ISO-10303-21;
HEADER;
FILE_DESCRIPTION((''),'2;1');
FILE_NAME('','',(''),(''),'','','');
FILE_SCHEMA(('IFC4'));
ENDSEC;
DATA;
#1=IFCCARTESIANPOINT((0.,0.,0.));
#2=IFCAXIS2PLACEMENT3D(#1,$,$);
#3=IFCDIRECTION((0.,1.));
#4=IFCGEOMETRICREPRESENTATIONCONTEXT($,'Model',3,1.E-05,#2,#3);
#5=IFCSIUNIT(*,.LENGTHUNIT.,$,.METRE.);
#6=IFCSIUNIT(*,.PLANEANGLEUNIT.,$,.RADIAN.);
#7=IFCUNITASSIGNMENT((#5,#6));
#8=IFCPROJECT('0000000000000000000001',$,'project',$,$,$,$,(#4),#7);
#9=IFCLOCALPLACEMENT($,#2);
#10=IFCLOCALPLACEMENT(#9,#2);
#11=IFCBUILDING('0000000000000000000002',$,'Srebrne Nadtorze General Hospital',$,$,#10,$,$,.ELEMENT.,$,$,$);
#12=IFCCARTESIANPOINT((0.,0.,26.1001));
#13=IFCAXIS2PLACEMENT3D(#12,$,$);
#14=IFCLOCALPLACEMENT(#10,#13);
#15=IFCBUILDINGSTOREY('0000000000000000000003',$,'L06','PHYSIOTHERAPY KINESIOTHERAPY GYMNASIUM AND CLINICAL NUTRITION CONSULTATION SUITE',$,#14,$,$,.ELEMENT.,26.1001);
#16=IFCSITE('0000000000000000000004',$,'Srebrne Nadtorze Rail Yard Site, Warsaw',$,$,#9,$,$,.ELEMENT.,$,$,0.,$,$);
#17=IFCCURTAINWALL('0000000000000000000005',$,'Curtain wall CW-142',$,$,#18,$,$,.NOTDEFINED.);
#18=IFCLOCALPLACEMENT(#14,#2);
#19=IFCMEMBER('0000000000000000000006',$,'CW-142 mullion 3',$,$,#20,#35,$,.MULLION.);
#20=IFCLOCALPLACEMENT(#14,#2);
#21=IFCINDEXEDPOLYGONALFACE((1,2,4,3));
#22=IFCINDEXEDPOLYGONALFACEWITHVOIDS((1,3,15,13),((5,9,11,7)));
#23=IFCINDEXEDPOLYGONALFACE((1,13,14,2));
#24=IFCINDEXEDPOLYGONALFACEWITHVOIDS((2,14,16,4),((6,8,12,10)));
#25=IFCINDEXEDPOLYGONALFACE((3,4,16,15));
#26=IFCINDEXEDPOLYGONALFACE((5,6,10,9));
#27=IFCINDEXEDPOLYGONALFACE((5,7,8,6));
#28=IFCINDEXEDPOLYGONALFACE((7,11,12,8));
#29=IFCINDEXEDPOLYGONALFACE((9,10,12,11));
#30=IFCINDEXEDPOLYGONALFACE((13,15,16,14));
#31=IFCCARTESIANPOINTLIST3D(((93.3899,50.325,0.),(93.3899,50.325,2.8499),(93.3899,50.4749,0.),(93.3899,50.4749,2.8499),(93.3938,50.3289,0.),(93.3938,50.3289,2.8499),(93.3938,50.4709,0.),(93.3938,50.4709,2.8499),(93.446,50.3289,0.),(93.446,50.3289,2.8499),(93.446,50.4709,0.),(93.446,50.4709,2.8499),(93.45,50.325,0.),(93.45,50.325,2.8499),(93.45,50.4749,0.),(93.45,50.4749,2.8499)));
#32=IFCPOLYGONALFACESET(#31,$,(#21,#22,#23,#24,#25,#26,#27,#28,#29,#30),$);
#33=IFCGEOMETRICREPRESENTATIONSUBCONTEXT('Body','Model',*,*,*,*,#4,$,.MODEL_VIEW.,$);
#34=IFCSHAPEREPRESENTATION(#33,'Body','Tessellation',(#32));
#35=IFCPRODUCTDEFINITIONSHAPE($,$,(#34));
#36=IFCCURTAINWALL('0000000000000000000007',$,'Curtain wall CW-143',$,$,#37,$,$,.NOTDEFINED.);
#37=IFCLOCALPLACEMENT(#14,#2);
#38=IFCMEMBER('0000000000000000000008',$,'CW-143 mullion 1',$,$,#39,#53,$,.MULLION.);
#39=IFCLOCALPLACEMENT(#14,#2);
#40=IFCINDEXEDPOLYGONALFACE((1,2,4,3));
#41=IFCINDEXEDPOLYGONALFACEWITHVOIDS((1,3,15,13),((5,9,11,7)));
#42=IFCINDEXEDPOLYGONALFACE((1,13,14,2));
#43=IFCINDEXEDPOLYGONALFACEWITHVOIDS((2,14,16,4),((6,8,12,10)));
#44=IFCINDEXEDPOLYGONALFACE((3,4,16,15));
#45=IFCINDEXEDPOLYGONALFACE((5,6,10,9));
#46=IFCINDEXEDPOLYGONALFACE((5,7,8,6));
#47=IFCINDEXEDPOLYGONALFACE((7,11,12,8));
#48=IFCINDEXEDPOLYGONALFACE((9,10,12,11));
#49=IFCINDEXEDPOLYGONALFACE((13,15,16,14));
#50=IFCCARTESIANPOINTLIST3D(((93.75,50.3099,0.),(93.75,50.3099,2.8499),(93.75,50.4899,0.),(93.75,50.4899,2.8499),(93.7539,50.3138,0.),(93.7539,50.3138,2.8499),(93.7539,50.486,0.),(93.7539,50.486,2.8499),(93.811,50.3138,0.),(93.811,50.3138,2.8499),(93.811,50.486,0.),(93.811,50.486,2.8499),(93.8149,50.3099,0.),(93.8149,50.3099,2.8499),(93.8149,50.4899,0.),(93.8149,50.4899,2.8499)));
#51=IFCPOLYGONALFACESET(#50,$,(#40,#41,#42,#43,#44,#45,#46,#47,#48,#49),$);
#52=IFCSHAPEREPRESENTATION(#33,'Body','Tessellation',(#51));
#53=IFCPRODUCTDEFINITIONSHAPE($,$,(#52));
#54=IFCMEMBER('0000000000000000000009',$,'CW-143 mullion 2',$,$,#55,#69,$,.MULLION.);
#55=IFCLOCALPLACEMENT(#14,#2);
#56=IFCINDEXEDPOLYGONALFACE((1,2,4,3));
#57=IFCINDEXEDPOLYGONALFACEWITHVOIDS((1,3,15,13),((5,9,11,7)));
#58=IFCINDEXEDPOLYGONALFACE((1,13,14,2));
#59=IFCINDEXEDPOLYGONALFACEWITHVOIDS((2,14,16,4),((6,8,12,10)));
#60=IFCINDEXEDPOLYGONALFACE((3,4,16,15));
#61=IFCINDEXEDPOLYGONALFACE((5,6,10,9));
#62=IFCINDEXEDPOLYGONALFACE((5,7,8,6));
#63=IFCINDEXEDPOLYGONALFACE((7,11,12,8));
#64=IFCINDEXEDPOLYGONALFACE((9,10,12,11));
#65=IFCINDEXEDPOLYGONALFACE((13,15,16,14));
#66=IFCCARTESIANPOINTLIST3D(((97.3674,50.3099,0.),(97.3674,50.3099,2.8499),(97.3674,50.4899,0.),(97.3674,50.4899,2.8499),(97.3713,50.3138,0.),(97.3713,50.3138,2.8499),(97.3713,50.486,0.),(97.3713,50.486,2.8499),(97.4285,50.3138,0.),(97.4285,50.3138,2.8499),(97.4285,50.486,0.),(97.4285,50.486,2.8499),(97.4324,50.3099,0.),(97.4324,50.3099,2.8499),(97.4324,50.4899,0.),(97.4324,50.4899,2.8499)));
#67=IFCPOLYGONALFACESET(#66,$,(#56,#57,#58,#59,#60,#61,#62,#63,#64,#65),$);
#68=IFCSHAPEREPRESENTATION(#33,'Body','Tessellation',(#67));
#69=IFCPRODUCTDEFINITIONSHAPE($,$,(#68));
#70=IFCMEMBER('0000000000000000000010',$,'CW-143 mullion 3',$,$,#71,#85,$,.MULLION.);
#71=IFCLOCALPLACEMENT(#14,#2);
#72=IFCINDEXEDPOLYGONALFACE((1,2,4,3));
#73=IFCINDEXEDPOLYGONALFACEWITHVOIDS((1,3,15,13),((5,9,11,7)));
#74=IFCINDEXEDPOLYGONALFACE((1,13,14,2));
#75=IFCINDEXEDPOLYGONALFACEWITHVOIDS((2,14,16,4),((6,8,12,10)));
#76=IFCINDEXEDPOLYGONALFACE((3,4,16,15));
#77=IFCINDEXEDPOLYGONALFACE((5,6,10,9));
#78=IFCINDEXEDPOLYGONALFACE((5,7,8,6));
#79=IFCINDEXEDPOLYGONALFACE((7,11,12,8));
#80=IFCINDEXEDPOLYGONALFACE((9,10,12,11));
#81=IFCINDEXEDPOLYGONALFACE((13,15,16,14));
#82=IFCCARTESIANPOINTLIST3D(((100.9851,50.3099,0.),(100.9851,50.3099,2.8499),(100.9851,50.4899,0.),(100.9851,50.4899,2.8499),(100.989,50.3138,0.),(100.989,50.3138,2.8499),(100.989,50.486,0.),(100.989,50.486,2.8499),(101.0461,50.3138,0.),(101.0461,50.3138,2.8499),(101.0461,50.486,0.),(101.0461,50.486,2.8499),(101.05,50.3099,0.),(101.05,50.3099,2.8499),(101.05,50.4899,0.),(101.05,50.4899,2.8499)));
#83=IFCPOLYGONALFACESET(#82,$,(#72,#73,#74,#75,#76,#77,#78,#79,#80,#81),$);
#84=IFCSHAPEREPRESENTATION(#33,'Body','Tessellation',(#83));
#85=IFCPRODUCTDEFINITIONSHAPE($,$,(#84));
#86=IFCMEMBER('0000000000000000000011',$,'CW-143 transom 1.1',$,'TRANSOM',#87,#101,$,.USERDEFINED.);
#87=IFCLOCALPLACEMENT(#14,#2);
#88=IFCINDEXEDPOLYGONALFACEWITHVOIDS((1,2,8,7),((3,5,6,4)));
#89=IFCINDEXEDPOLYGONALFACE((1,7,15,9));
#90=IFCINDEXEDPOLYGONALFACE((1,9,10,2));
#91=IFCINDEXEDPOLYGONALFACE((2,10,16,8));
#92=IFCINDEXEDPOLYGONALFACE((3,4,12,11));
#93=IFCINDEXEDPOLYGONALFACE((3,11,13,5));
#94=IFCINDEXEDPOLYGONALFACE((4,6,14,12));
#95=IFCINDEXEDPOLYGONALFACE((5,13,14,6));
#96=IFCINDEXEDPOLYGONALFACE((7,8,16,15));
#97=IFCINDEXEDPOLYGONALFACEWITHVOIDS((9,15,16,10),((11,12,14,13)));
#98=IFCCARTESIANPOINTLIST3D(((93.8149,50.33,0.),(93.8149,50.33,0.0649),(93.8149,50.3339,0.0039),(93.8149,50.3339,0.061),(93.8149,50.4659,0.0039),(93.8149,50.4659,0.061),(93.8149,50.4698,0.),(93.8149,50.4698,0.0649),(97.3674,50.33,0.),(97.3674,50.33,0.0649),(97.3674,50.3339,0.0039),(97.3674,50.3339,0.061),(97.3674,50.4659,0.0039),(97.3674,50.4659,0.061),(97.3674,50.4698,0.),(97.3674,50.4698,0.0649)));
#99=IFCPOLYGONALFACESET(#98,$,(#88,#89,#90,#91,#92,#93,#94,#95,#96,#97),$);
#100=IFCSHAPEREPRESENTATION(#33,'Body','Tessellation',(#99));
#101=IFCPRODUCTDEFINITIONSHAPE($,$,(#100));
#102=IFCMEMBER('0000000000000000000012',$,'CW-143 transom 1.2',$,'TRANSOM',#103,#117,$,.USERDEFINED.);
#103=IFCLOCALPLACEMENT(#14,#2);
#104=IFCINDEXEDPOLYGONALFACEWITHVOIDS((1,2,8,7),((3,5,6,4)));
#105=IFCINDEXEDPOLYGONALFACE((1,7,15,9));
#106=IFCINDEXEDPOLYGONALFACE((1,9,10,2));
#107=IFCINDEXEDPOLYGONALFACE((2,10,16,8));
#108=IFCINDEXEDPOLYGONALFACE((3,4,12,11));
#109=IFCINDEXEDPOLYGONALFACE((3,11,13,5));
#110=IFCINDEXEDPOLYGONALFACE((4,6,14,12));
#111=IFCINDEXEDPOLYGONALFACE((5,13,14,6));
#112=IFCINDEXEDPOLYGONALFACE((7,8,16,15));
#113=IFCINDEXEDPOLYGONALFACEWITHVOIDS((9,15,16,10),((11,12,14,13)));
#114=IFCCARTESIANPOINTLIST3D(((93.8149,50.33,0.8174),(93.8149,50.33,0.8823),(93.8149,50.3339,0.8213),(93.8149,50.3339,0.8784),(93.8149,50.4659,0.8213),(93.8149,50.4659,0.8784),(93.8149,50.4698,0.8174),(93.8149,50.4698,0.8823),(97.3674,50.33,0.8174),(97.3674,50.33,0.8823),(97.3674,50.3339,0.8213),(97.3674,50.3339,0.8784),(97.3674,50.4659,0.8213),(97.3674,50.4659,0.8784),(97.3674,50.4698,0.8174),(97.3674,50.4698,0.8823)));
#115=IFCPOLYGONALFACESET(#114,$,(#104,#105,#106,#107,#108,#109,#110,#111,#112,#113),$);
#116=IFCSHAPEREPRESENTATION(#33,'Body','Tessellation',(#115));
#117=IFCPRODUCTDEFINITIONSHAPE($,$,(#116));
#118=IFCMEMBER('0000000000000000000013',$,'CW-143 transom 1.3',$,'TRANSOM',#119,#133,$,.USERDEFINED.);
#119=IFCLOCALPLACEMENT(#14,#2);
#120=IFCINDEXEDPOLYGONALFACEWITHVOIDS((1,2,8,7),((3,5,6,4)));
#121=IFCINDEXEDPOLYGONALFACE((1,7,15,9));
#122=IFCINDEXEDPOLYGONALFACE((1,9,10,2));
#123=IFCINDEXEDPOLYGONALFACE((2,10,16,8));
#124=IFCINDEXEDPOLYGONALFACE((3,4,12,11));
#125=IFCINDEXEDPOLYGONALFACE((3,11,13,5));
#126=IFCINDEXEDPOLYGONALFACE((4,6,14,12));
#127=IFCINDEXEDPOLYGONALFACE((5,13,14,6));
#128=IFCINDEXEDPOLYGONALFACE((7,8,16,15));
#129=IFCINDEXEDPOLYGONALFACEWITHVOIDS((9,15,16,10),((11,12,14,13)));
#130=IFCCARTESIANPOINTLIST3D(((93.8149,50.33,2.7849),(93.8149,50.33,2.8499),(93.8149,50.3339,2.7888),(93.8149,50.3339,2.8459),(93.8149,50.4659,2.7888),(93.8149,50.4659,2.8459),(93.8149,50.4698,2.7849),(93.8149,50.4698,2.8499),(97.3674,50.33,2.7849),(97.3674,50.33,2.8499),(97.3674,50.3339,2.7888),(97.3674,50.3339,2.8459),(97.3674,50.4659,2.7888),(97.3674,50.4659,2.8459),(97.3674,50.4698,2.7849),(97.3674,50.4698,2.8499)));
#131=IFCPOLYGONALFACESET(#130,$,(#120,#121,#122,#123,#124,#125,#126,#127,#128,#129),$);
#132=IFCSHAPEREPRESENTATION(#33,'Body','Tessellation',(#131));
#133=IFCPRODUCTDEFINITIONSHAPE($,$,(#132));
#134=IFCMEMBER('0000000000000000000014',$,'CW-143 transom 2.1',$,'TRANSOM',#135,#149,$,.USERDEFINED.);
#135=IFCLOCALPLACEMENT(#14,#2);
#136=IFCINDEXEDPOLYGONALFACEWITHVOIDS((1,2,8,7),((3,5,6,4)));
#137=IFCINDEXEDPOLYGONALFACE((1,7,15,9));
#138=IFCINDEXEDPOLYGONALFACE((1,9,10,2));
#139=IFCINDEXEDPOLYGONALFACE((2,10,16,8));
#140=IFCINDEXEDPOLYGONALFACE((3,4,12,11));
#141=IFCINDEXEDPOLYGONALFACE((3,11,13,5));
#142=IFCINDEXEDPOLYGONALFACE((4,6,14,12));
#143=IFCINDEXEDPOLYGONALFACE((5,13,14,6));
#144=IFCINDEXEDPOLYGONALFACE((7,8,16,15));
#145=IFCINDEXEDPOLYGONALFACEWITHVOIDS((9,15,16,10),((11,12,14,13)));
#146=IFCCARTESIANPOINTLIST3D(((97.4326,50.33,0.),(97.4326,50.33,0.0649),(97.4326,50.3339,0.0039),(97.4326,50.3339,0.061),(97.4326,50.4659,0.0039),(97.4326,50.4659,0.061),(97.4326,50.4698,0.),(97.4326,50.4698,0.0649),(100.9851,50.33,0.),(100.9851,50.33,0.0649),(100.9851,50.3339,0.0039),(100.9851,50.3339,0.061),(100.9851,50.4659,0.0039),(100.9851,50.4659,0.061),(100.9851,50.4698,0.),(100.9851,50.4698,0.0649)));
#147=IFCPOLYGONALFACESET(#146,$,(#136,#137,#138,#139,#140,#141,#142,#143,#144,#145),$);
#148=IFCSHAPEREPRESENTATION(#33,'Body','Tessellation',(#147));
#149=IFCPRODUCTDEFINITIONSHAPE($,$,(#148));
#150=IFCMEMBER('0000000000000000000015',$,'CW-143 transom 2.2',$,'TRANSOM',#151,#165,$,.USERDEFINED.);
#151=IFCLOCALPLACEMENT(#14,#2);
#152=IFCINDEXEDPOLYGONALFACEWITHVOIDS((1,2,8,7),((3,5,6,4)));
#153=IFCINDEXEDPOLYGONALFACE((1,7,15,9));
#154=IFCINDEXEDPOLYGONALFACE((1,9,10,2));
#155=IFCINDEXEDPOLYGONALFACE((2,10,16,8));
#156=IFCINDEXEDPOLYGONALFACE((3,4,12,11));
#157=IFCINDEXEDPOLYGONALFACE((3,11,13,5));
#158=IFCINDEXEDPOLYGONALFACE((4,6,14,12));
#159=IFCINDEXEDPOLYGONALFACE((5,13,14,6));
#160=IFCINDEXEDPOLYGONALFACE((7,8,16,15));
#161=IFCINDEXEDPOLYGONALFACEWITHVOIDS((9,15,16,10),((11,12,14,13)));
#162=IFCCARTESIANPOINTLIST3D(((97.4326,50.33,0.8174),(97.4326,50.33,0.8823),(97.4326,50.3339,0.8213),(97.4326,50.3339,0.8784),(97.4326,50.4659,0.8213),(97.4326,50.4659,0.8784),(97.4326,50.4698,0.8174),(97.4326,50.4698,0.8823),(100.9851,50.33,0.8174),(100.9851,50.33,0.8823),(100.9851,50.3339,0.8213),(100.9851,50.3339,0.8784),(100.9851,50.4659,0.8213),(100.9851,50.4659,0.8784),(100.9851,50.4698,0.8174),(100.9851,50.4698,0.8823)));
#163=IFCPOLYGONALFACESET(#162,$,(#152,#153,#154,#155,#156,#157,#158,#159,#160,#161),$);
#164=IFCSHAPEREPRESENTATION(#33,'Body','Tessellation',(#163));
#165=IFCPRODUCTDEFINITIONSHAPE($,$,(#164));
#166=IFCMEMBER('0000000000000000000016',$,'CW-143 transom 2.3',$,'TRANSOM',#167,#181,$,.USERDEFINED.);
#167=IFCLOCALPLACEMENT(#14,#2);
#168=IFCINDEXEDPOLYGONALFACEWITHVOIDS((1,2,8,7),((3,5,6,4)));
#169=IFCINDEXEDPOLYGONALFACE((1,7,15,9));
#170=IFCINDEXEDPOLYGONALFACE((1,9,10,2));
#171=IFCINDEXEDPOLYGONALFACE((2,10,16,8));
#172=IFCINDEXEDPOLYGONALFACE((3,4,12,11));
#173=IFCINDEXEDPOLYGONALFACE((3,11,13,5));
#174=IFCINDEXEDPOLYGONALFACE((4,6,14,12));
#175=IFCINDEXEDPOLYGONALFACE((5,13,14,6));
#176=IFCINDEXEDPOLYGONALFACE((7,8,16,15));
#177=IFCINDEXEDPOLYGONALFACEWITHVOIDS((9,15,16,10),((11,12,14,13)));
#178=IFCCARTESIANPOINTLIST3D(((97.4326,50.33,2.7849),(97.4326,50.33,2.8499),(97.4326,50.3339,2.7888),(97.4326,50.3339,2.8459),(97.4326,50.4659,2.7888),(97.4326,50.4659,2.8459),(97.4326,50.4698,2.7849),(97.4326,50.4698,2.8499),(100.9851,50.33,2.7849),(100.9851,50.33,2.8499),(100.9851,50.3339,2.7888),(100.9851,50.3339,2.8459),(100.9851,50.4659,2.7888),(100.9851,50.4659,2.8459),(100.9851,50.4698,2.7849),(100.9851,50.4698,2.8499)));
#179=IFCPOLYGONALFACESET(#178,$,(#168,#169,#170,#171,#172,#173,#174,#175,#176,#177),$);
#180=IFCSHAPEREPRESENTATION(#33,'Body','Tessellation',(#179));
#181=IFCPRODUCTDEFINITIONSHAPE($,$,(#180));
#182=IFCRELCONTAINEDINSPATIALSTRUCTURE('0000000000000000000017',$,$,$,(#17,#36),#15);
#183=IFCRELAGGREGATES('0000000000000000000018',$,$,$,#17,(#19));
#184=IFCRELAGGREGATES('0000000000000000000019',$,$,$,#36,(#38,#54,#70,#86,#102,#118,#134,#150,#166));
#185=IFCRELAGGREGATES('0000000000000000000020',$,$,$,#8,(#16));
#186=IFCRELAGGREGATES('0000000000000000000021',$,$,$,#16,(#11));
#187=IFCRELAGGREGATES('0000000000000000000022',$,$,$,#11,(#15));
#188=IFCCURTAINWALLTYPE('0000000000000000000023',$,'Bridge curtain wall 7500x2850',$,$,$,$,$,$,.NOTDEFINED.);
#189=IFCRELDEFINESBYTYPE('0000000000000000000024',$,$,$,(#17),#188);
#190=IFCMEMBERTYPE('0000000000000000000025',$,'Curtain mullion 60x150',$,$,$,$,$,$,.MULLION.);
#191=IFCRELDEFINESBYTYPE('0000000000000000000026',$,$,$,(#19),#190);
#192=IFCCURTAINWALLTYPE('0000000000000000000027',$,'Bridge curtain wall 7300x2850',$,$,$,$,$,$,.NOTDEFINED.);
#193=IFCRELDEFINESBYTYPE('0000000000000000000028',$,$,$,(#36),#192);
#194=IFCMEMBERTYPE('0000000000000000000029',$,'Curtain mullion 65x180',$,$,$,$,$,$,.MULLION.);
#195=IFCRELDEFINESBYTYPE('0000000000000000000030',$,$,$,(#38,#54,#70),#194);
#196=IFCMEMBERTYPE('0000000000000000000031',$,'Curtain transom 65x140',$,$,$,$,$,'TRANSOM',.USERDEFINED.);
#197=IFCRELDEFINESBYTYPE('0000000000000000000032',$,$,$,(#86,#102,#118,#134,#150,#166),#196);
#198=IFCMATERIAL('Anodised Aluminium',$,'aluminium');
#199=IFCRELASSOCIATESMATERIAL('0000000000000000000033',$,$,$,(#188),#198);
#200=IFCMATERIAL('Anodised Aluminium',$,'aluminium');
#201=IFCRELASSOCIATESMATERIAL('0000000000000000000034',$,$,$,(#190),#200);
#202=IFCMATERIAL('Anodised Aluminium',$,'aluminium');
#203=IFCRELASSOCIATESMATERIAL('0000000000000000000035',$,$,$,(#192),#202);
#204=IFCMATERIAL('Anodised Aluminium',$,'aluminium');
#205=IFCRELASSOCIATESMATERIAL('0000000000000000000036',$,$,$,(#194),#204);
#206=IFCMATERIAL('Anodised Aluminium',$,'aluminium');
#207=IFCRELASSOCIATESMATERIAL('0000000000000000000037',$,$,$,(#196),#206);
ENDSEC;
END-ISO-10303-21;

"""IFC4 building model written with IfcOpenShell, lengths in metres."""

from ifc_helpers import new_model, si_unit, direction, frame, origin, origin_2d, place, context, subcontext, project, spatial, hollow_rectangle, extrude, material, material_profile, profile_set, type_object, element, aggregate, save


model = new_model("IFC4")

# Units and contexts
model_context = context("Model", 3, precision=1e-05, world=origin(), true_north=direction((0.0, 1.0)))
body_context = subcontext(model_context, "Body", "Model", "MODEL_VIEW")
ifc_project = project(units=[si_unit("LENGTHUNIT", "METRE"), si_unit("PLANEANGLEUNIT", "RADIAN")], contexts=[model_context])

# Site, building, storey
site_placement = place(None, origin())
site = spatial("IfcSite", under=ifc_project, at=site_placement, Name="Srebrne Nadtorze Rail Yard Site, Warsaw", CompositionType="ELEMENT", RefElevation=0.0)
building_placement = place(site_placement, origin())
building = spatial("IfcBuilding", under=site, at=building_placement, Name="Srebrne Nadtorze General Hospital", CompositionType="ELEMENT")
storey_placement = place(building_placement, frame((0.0, 0.0, 26.1001)))
storey = spatial("IfcBuildingStorey", under=building, at=storey_placement, Name="L06", Description="PHYSIOTHERAPY KINESIOTHERAPY GYMNASIUM AND CLINICAL NUTRITION CONSULTATION SUITE", CompositionType="ELEMENT", Elevation=26.1001)

# Curtain wall, member
ifc_material_1 = material(Name="Anodised Aluminium", Category="aluminium")
curtain_wall_type_1 = type_object("IfcCurtainWallType", Name="Bridge curtain wall 7500x2850", PredefinedType="NOTDEFINED", material=ifc_material_1)
curtain_wall_1_placement = place(storey_placement, origin())
curtain_wall_1 = element("IfcCurtainWall", 1, at=curtain_wall_1_placement, inside=storey, type_object=curtain_wall_type_1, Name="Curtain wall CW-142", PredefinedType="NOTDEFINED")
ifc_material_2 = material(Name="Anodised Aluminium", Category="aluminium")
ifc_material_profile_1 = material_profile(ifc_material_2, hollow_rectangle(XDim=0.0601, YDim=0.1499, WallThickness=0.0039, at=origin_2d()), Name="AL-MUL-60x150")
ifc_profile_set_1 = profile_set([ifc_material_profile_1], Name="Anodised Aluminium")
member_type_1 = type_object("IfcMemberType", Name="Curtain mullion 60x150", PredefinedType="MULLION", material=ifc_profile_set_1)
member_1_placement = place(storey_placement, frame((93.4199, 50.3999, 0.0), z_axis=(0.0, 0.0, 1.0), x_axis=(1.0, 0.0, 0.0)))
member_1 = element("IfcMember", 2, at=member_1_placement, type_object=member_type_1, Name="CW-142 mullion 3", PredefinedType="MULLION", context=body_context, shape_type="SweptSolid", body=[
    extrude(hollow_rectangle(XDim=0.0601, YDim=0.1499, WallThickness=0.0039, at=origin_2d()), origin(), (0.0, 0.0, 1.0), 2.8499),
])

# Curtain wall, members
ifc_material_3 = material(Name="Anodised Aluminium", Category="aluminium")
curtain_wall_type_2 = type_object("IfcCurtainWallType", Name="Bridge curtain wall 7300x2850", PredefinedType="NOTDEFINED", material=ifc_material_3)
curtain_wall_2_placement = place(storey_placement, origin())
curtain_wall_2 = element("IfcCurtainWall", 3, at=curtain_wall_2_placement, inside=storey, type_object=curtain_wall_type_2, Name="Curtain wall CW-143", PredefinedType="NOTDEFINED")
ifc_material_4 = material(Name="Anodised Aluminium", Category="aluminium")
ifc_material_profile_2 = material_profile(ifc_material_4, hollow_rectangle(XDim=0.0649, YDim=0.1799, WallThickness=0.0039, at=origin_2d()), Name="AL-MUL-65x180")
ifc_profile_set_2 = profile_set([ifc_material_profile_2], Name="Anodised Aluminium")
member_type_2 = type_object("IfcMemberType", Name="Curtain mullion 65x180", PredefinedType="MULLION", material=ifc_profile_set_2)
member_2_placement = place(storey_placement, frame((93.7825, 50.3999, 0.0), z_axis=(0.0, 0.0, 1.0), x_axis=(1.0, 0.0, 0.0)))
member_2 = element("IfcMember", 4, at=member_2_placement, type_object=member_type_2, Name="CW-143 mullion 1", PredefinedType="MULLION", context=body_context, shape_type="SweptSolid", body=[
    extrude(hollow_rectangle(XDim=0.0649, YDim=0.1799, WallThickness=0.0039, at=origin_2d()), origin(), (0.0, 0.0, 1.0), 2.8499),
])
member_3_placement = place(storey_placement, frame((97.3999, 50.3999, 0.0), z_axis=(0.0, 0.0, 1.0), x_axis=(1.0, 0.0, 0.0)))
member_3 = element("IfcMember", 5, at=member_3_placement, type_object=member_type_2, Name="CW-143 mullion 2", PredefinedType="MULLION", context=body_context, shape_type="SweptSolid", body=[
    extrude(hollow_rectangle(XDim=0.0649, YDim=0.1799, WallThickness=0.0039, at=origin_2d()), origin(), (0.0, 0.0, 1.0), 2.8499),
])
member_4_placement = place(storey_placement, frame((101.0176, 50.3999, 0.0), z_axis=(0.0, 0.0, 1.0), x_axis=(1.0, 0.0, 0.0)))
member_4 = element("IfcMember", 6, at=member_4_placement, type_object=member_type_2, Name="CW-143 mullion 3", PredefinedType="MULLION", context=body_context, shape_type="SweptSolid", body=[
    extrude(hollow_rectangle(XDim=0.0649, YDim=0.1799, WallThickness=0.0039, at=origin_2d()), origin(), (0.0, 0.0, 1.0), 2.8499),
])
ifc_material_5 = material(Name="Anodised Aluminium", Category="aluminium")
ifc_material_profile_3 = material_profile(ifc_material_5, hollow_rectangle(XDim=0.0649, YDim=0.1399, WallThickness=0.0039, at=origin_2d()), Name="AL-TRN-65x140")
ifc_profile_set_3 = profile_set([ifc_material_profile_3], Name="Anodised Aluminium")
member_type_3 = type_object("IfcMemberType", Name="Curtain transom 65x140", ElementType="TRANSOM", PredefinedType="USERDEFINED", material=ifc_profile_set_3)
member_5_placement = place(storey_placement, frame((93.8149, 50.3999, 0.0325), z_axis=(1.0, 0.0, 0.0), x_axis=(0.0, 0.0, 1.0)))
member_5 = element("IfcMember", 7, at=member_5_placement, type_object=member_type_3, Name="CW-143 transom 1.1", ObjectType="TRANSOM", PredefinedType="USERDEFINED", context=body_context, shape_type="SweptSolid", body=[
    extrude(hollow_rectangle(XDim=0.0649, YDim=0.1399, WallThickness=0.0039, at=origin_2d()), origin(), (0.0, 0.0, 1.0), 3.5525),
])
member_6_placement = place(storey_placement, frame((93.8149, 50.3999, 0.8499), z_axis=(1.0, 0.0, 0.0), x_axis=(0.0, 0.0, 1.0)))
member_6 = element("IfcMember", 8, at=member_6_placement, type_object=member_type_3, Name="CW-143 transom 1.2", ObjectType="TRANSOM", PredefinedType="USERDEFINED", context=body_context, shape_type="SweptSolid", body=[
    extrude(hollow_rectangle(XDim=0.0649, YDim=0.1399, WallThickness=0.0039, at=origin_2d()), origin(), (0.0, 0.0, 1.0), 3.5525),
])
member_7_placement = place(storey_placement, frame((93.8149, 50.3999, 2.8174), z_axis=(1.0, 0.0, 0.0), x_axis=(0.0, 0.0, 1.0)))
member_7 = element("IfcMember", 9, at=member_7_placement, type_object=member_type_3, Name="CW-143 transom 1.3", ObjectType="TRANSOM", PredefinedType="USERDEFINED", context=body_context, shape_type="SweptSolid", body=[
    extrude(hollow_rectangle(XDim=0.0649, YDim=0.1399, WallThickness=0.0039, at=origin_2d()), origin(), (0.0, 0.0, 1.0), 3.5525),
])
member_8_placement = place(storey_placement, frame((97.4326, 50.3999, 0.0325), z_axis=(1.0, 0.0, 0.0), x_axis=(0.0, 0.0, 1.0)))
member_8 = element("IfcMember", 10, at=member_8_placement, type_object=member_type_3, Name="CW-143 transom 2.1", ObjectType="TRANSOM", PredefinedType="USERDEFINED", context=body_context, shape_type="SweptSolid", body=[
    extrude(hollow_rectangle(XDim=0.0649, YDim=0.1399, WallThickness=0.0039, at=origin_2d()), origin(), (0.0, 0.0, 1.0), 3.5525),
])
member_9_placement = place(storey_placement, frame((97.4326, 50.3999, 0.8499), z_axis=(1.0, 0.0, 0.0), x_axis=(0.0, 0.0, 1.0)))
member_9 = element("IfcMember", 11, at=member_9_placement, type_object=member_type_3, Name="CW-143 transom 2.2", ObjectType="TRANSOM", PredefinedType="USERDEFINED", context=body_context, shape_type="SweptSolid", body=[
    extrude(hollow_rectangle(XDim=0.0649, YDim=0.1399, WallThickness=0.0039, at=origin_2d()), origin(), (0.0, 0.0, 1.0), 3.5525),
])
member_10_placement = place(storey_placement, frame((97.4326, 50.3999, 2.8174), z_axis=(1.0, 0.0, 0.0), x_axis=(0.0, 0.0, 1.0)))
member_10 = element("IfcMember", 12, at=member_10_placement, type_object=member_type_3, Name="CW-143 transom 2.3", ObjectType="TRANSOM", PredefinedType="USERDEFINED", context=body_context, shape_type="SweptSolid", body=[
    extrude(hollow_rectangle(XDim=0.0649, YDim=0.1399, WallThickness=0.0039, at=origin_2d()), origin(), (0.0, 0.0, 1.0), 3.5525),
])

aggregate(curtain_wall_1, [member_1])
aggregate(curtain_wall_2, [member_2, member_3, member_4, member_5, member_6, member_7, member_8, member_9, member_10])

save(model, "model.ifc")
